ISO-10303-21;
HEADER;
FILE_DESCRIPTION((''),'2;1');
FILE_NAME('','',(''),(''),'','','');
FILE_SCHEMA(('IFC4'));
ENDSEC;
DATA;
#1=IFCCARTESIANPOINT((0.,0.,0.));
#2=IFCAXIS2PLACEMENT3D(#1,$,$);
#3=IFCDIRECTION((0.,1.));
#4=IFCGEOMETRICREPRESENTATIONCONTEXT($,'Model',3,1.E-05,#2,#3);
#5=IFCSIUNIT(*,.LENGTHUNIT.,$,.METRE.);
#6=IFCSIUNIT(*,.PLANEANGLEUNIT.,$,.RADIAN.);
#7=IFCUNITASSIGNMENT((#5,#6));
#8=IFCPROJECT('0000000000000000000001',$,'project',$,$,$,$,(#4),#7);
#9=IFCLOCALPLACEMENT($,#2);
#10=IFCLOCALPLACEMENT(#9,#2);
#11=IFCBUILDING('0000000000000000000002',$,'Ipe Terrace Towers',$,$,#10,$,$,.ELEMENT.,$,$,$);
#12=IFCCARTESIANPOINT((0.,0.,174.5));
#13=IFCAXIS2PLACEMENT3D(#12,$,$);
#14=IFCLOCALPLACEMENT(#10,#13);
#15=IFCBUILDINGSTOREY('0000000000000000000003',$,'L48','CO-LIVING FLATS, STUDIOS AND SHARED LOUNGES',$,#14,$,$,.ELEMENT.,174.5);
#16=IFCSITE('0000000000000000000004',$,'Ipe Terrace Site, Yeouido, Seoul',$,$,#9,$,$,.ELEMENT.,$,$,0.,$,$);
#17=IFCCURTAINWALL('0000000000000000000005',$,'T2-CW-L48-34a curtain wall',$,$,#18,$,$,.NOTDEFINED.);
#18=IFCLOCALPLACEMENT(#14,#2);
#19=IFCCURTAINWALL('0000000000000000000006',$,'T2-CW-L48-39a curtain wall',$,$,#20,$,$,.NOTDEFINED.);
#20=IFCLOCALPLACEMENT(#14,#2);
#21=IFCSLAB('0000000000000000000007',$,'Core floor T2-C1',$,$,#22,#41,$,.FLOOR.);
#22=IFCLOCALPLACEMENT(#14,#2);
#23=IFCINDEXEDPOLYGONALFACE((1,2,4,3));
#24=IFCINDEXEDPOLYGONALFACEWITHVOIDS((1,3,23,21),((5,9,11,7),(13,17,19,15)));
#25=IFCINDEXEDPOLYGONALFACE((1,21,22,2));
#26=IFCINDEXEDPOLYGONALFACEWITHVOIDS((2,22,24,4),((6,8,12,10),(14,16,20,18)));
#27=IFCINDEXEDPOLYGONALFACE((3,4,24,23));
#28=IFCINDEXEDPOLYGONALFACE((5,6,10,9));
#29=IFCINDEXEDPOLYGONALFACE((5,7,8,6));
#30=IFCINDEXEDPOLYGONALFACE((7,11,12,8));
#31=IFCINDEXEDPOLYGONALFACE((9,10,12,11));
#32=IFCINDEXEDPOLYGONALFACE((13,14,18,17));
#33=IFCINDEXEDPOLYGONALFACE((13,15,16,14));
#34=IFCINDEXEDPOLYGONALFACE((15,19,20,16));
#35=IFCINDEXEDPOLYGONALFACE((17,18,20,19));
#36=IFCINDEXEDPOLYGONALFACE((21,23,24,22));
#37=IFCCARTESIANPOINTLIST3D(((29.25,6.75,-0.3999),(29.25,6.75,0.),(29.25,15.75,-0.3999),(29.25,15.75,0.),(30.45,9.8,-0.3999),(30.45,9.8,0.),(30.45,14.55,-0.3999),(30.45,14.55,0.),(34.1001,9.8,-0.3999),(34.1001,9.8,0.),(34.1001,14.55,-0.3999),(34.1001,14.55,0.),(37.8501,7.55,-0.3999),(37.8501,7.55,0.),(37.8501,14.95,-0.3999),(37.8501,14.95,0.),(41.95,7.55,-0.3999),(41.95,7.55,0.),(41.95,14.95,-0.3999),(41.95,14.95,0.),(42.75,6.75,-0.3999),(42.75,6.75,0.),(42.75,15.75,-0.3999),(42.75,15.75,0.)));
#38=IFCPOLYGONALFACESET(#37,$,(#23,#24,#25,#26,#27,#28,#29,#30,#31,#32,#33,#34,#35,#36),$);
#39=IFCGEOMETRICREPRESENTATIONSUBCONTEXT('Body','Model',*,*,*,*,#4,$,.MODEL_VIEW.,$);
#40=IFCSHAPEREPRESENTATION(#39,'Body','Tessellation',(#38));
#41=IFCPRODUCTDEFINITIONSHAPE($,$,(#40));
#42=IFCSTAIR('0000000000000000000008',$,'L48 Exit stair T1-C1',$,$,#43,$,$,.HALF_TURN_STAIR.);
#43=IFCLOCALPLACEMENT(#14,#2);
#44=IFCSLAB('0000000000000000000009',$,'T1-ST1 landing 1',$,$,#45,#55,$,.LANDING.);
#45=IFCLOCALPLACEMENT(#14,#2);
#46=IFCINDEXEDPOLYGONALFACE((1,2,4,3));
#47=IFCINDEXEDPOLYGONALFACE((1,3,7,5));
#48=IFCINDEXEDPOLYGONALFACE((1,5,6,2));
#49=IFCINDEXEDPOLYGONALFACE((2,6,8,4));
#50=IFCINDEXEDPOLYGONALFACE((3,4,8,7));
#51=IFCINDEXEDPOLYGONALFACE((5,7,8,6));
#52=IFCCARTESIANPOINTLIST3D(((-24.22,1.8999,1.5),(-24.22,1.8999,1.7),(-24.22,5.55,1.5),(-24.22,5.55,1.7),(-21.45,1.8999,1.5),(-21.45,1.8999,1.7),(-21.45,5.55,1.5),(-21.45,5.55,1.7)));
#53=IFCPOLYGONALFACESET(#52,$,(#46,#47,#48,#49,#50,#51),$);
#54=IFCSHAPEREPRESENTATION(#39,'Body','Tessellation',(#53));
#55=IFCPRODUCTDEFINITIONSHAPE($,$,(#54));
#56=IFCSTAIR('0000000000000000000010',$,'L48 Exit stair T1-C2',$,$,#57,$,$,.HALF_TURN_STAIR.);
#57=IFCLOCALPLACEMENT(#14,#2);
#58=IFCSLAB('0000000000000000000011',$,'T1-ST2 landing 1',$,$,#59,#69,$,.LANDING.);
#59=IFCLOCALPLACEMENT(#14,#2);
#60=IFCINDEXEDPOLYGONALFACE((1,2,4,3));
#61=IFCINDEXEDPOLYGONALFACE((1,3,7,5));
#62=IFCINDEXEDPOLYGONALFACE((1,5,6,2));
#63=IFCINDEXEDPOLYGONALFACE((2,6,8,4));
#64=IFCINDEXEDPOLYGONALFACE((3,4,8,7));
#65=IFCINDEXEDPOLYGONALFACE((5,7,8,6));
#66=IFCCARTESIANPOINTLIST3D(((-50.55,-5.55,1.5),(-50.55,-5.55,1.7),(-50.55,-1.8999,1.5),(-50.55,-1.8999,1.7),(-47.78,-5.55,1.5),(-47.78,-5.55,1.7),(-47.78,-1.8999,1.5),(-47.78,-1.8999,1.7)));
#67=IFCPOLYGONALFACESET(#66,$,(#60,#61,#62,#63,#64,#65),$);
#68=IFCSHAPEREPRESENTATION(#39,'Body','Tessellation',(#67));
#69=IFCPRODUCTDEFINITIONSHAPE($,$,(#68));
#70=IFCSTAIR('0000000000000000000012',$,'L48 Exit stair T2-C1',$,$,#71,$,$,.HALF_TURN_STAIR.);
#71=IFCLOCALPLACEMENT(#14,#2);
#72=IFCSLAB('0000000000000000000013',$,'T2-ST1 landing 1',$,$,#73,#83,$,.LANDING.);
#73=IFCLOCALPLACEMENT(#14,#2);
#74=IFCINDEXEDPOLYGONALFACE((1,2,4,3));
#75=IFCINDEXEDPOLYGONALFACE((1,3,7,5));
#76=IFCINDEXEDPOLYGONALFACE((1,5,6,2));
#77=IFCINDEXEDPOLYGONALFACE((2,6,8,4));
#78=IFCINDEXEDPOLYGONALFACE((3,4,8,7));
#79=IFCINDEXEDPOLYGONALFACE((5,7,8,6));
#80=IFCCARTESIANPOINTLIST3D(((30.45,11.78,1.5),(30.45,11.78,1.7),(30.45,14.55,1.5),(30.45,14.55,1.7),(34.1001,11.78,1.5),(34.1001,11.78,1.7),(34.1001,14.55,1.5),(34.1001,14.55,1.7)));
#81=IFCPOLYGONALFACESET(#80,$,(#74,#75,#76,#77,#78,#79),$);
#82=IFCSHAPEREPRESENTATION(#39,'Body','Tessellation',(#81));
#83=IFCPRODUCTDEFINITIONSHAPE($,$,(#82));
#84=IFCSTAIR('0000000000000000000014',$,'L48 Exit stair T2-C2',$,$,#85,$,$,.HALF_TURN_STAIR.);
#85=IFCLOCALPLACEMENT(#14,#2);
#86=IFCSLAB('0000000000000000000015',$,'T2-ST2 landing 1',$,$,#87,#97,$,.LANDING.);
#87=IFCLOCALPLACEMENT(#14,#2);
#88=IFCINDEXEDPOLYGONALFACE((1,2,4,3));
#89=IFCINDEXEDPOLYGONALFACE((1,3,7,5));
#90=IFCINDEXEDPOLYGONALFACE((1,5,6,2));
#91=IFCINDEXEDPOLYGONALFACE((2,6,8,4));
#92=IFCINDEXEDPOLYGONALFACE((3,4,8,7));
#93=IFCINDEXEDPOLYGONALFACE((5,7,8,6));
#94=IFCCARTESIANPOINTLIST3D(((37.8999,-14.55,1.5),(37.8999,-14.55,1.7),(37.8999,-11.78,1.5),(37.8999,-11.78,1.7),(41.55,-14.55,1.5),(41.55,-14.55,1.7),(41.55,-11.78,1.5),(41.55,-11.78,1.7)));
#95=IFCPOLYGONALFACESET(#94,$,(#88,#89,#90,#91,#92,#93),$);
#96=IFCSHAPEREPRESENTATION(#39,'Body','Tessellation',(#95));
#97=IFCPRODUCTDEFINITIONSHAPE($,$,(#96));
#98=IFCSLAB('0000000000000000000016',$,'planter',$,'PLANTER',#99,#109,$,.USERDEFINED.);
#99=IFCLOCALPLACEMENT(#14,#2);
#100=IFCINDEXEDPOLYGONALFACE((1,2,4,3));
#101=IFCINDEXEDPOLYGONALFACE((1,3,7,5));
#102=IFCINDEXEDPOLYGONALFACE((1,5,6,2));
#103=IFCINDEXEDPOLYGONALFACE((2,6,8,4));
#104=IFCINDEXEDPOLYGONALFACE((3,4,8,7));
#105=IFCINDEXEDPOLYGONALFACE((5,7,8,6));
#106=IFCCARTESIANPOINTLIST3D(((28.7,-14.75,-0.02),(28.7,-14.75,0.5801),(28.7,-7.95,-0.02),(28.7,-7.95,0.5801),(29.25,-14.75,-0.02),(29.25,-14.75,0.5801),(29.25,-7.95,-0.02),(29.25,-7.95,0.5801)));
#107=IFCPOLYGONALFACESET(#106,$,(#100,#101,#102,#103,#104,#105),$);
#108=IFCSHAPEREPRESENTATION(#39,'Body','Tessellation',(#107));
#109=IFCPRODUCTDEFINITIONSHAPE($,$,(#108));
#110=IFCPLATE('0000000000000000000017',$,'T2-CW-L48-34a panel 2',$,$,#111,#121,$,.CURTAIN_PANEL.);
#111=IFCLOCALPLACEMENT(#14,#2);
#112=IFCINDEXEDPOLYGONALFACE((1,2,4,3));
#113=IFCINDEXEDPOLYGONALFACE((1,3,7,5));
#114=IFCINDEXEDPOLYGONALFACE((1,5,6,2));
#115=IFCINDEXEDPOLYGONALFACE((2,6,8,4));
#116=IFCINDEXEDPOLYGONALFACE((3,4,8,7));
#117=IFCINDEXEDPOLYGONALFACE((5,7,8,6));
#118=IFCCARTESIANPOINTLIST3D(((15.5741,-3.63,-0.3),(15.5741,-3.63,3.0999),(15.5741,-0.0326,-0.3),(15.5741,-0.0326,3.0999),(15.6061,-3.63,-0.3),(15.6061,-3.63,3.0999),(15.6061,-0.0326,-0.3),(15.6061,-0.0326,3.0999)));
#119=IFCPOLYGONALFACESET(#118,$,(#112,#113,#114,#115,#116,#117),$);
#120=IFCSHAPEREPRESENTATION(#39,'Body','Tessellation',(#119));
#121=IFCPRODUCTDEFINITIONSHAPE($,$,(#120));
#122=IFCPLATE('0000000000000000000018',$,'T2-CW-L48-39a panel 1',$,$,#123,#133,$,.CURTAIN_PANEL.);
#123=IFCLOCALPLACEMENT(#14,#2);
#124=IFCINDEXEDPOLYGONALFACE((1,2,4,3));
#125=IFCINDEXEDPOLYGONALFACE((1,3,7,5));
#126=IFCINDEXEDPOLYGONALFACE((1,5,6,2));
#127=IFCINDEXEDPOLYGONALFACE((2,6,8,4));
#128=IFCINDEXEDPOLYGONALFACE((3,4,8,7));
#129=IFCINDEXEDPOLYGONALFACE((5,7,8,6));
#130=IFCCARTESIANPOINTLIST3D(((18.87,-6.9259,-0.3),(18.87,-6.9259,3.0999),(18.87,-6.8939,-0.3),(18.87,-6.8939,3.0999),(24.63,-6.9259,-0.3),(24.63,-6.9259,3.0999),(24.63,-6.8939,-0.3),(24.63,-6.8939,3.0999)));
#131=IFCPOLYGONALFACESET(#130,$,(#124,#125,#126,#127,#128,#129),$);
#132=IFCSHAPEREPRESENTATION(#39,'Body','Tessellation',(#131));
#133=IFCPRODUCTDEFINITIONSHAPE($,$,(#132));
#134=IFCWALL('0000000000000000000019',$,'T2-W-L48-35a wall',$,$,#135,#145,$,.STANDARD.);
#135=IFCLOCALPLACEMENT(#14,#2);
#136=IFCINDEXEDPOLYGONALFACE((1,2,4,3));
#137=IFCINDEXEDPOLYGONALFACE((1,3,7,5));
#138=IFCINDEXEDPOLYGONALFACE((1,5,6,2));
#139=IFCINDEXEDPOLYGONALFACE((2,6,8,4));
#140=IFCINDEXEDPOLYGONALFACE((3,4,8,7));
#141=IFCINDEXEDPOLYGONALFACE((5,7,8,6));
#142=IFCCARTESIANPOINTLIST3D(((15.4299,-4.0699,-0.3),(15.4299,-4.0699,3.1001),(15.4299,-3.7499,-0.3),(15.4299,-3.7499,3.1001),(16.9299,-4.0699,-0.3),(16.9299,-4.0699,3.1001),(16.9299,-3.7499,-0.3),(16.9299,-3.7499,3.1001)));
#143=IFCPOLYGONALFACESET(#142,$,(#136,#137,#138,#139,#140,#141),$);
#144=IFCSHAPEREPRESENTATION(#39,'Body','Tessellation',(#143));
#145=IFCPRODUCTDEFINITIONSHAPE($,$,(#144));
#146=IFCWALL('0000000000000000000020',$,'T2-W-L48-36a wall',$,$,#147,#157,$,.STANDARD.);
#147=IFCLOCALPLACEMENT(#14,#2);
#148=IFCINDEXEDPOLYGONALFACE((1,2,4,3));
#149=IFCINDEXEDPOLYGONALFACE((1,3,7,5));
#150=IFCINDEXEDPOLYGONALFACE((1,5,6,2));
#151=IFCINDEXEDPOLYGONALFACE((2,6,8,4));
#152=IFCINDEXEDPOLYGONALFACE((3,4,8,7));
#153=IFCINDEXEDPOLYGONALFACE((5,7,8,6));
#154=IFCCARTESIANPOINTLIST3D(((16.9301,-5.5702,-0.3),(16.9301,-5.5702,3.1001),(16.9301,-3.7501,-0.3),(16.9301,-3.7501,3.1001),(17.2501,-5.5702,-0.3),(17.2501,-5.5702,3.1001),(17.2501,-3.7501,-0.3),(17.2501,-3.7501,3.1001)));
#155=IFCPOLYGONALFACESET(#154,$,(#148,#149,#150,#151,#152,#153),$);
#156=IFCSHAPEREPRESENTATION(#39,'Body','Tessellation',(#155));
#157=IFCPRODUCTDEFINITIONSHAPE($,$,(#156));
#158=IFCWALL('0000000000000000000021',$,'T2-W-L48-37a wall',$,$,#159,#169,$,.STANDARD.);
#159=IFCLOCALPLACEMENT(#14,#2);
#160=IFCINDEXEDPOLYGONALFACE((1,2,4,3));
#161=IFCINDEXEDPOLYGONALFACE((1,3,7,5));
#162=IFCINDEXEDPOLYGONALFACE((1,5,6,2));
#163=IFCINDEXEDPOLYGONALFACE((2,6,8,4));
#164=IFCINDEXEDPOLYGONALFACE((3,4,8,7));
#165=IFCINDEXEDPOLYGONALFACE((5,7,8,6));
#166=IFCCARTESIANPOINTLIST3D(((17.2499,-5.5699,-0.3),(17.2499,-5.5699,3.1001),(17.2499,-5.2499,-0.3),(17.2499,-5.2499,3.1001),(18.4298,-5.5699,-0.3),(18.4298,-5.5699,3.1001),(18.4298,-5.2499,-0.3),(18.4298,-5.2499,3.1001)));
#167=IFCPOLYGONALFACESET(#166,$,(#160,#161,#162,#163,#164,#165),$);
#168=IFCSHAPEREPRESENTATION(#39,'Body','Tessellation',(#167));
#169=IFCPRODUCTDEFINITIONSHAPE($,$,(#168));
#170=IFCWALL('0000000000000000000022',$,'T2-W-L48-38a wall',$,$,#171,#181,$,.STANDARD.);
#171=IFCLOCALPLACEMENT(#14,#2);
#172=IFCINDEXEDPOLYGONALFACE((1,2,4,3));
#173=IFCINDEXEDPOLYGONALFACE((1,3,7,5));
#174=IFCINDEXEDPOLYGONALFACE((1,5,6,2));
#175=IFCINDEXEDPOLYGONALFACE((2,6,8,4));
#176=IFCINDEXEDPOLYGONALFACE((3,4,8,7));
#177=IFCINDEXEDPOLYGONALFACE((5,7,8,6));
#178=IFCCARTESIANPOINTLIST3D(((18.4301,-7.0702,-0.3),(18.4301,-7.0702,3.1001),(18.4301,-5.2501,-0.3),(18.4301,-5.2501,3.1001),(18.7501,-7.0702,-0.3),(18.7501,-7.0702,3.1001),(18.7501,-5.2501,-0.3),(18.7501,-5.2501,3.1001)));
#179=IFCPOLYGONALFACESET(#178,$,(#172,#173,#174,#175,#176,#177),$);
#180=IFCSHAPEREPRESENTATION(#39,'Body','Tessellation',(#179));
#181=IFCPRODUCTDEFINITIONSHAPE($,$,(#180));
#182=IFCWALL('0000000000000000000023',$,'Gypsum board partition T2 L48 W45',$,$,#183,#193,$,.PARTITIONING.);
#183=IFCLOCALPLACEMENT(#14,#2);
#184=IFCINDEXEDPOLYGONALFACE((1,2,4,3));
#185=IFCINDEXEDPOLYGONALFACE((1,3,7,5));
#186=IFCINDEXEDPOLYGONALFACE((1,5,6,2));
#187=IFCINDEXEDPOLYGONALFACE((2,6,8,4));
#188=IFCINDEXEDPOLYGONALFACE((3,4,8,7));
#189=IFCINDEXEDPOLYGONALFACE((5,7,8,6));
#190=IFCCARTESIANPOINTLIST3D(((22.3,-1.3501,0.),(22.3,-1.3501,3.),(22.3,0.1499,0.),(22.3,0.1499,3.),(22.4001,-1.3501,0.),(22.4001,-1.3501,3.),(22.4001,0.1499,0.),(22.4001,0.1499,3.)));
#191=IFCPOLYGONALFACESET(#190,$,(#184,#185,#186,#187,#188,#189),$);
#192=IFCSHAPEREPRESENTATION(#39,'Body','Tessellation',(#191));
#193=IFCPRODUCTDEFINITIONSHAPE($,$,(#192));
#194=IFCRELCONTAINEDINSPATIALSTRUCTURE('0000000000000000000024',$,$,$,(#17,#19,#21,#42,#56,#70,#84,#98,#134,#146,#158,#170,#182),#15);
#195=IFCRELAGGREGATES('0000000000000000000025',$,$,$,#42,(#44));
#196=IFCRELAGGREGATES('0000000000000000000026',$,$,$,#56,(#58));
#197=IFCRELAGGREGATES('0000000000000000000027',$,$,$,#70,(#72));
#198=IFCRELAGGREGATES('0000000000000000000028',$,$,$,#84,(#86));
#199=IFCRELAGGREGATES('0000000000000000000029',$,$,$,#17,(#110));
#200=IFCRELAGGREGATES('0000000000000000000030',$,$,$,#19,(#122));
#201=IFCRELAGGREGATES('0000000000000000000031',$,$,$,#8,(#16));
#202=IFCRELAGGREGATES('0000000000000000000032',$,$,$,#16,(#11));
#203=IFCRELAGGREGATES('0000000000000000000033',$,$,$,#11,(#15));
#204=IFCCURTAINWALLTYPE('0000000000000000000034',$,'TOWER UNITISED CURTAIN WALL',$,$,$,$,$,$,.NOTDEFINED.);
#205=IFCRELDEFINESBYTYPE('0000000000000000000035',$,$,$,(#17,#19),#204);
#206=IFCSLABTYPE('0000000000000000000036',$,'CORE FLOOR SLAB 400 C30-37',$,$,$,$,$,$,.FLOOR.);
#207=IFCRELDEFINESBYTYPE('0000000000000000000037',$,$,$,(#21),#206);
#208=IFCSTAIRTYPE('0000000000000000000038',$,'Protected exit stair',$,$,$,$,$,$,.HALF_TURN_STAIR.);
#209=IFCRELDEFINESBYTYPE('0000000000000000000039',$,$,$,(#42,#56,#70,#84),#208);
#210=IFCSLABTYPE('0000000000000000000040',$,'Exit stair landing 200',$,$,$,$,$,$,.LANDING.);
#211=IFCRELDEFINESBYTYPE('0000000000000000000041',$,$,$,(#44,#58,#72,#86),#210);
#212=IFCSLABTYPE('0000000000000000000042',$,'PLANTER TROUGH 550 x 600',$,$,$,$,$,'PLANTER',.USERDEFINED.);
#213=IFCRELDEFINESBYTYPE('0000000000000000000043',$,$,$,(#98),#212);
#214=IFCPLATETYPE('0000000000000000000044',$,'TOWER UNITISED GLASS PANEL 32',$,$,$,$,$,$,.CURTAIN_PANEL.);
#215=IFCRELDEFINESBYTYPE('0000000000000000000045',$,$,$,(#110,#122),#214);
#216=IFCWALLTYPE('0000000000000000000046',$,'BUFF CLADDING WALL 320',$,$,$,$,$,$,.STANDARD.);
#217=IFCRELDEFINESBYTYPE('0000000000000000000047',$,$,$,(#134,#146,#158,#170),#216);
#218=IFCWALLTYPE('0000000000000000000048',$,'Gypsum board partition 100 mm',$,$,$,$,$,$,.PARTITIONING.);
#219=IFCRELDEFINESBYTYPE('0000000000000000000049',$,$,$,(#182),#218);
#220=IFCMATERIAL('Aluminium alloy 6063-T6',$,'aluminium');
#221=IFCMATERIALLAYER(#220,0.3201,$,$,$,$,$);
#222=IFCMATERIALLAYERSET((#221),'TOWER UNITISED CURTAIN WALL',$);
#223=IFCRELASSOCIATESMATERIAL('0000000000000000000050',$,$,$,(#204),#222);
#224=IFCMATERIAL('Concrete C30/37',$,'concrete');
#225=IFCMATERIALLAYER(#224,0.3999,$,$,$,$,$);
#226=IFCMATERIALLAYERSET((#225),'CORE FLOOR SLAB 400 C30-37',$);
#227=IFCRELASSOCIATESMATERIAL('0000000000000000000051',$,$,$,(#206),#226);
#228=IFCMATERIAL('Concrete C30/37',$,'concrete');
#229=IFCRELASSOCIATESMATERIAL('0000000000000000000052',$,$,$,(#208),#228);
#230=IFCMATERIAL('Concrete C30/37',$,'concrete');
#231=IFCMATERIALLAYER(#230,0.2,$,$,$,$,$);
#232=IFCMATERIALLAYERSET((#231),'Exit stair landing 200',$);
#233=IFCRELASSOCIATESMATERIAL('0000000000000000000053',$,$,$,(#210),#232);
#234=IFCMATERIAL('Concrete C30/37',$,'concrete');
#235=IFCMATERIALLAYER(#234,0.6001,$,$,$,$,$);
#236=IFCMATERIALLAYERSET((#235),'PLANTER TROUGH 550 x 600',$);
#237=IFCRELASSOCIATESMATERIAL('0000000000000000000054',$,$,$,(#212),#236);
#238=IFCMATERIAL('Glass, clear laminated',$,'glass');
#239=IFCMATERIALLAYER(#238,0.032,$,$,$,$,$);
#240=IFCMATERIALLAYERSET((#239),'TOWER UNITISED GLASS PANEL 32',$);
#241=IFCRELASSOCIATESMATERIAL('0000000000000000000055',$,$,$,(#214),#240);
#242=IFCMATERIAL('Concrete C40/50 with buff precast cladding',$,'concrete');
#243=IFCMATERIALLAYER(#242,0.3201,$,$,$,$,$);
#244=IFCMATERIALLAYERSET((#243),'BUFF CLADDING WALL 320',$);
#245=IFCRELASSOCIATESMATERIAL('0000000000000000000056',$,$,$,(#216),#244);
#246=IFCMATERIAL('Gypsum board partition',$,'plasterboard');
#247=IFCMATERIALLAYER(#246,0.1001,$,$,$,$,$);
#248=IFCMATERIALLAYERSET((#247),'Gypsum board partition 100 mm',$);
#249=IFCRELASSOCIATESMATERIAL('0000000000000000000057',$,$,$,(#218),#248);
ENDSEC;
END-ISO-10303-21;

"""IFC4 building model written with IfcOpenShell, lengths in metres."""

from ifc_helpers import new_model, si_unit, direction, frame, frame_2d, origin, origin_2d, place, context, subcontext, project, spatial, polyline, rectangle, outline, extrude, material, layer, layer_set, type_object, element, aggregate, save


model = new_model("IFC4")

# Units and contexts
model_context = context("Model", 3, precision=1e-05, world=origin(), true_north=direction((0.0, 1.0)))
body_context = subcontext(model_context, "Body", "Model", "MODEL_VIEW")
ifc_project = project(units=[si_unit("LENGTHUNIT", "METRE"), si_unit("PLANEANGLEUNIT", "RADIAN")], contexts=[model_context])

# Site, building, storey
site_placement = place(None, origin())
site = spatial("IfcSite", under=ifc_project, at=site_placement, Name="Ipe Terrace Site, Yeouido, Seoul", CompositionType="ELEMENT", RefElevation=0.0)
building_placement = place(site_placement, origin())
building = spatial("IfcBuilding", under=site, at=building_placement, Name="Ipe Terrace Towers", CompositionType="ELEMENT")
storey_placement = place(building_placement, frame((0.0, 0.0, 174.5)))
storey = spatial("IfcBuildingStorey", under=building, at=storey_placement, Name="L48", Description="CO-LIVING FLATS, STUDIOS AND SHARED LOUNGES", CompositionType="ELEMENT", Elevation=174.5)

# Curtain walls
ifc_material_1 = material(Name="Aluminium alloy 6063-T6", Category="aluminium")
ifc_layer_1 = layer(ifc_material_1, 0.3201)
ifc_layer_set_1 = layer_set([ifc_layer_1], Name="TOWER UNITISED CURTAIN WALL")
curtain_wall_type = type_object("IfcCurtainWallType", Name="TOWER UNITISED CURTAIN WALL", PredefinedType="NOTDEFINED", material=ifc_layer_set_1)
curtain_wall_1_placement = place(storey_placement, origin())
curtain_wall_1 = element("IfcCurtainWall", 1, at=curtain_wall_1_placement, inside=storey, type_object=curtain_wall_type, Name="T2-CW-L48-34a curtain wall", PredefinedType="NOTDEFINED")
curtain_wall_2_placement = place(storey_placement, origin())
curtain_wall_2 = element("IfcCurtainWall", 2, at=curtain_wall_2_placement, inside=storey, type_object=curtain_wall_type, Name="T2-CW-L48-39a curtain wall", PredefinedType="NOTDEFINED")

# Slab
ifc_material_2 = material(Name="Concrete C30/37", Category="concrete")
ifc_layer_2 = layer(ifc_material_2, 0.3999)
ifc_layer_set_2 = layer_set([ifc_layer_2], Name="CORE FLOOR SLAB 400 C30-37")
slab_type_1 = type_object("IfcSlabType", Name="CORE FLOOR SLAB 400 C30-37", PredefinedType="FLOOR", material=ifc_layer_set_2)
slab_1_placement = place(storey_placement, frame((0.0, 0.0, -0.3999)))
element("IfcSlab", 3, at=slab_1_placement, inside=storey, type_object=slab_type_1, Name="Core floor T2-C1", PredefinedType="FLOOR", context=body_context, shape_type="SweptSolid", body=[
    extrude(outline(polyline([(29.25, 6.75), (29.25, 15.75), (42.75, 15.75), (42.75, 6.75), (29.25, 6.75)]), holes=[polyline([(41.95, 7.55), (41.95, 14.95), (37.8501, 14.95), (37.8501, 7.55), (41.95, 7.55)]), polyline([(30.45, 9.8), (34.1001, 9.8), (34.1001, 14.55), (30.45, 14.55), (30.45, 9.8)])]), origin(), (0.0, 0.0, 1.0), 0.3999),
])

# Stairs, slabs
ifc_material_3 = material(Name="Concrete C30/37", Category="concrete")
stair_type = type_object("IfcStairType", Name="Protected exit stair", PredefinedType="HALF_TURN_STAIR", material=ifc_material_3)
stair_1_placement = place(storey_placement, origin())
stair_1 = element("IfcStair", 4, at=stair_1_placement, inside=storey, type_object=stair_type, Name="L48 Exit stair T1-C1", PredefinedType="HALF_TURN_STAIR")
ifc_material_4 = material(Name="Concrete C30/37", Category="concrete")
ifc_layer_3 = layer(ifc_material_4, 0.2)
ifc_layer_set_3 = layer_set([ifc_layer_3], Name="Exit stair landing 200")
slab_type_2 = type_object("IfcSlabType", Name="Exit stair landing 200", PredefinedType="LANDING", material=ifc_layer_set_3)
slab_2_placement = place(storey_placement, frame((0.0, 0.0, 1.5)))
slab_2 = element("IfcSlab", 5, at=slab_2_placement, type_object=slab_type_2, Name="T1-ST1 landing 1", PredefinedType="LANDING", context=body_context, shape_type="SweptSolid", body=[
    extrude(outline(polyline([(-24.22, 1.8999), (-21.45, 1.8999), (-21.45, 5.55), (-24.22, 5.55), (-24.22, 1.8999)])), origin(), (0.0, 0.0, 1.0), 0.2),
])
aggregate(stair_1, [slab_2])
stair_2_placement = place(storey_placement, origin())
stair_2 = element("IfcStair", 6, at=stair_2_placement, inside=storey, type_object=stair_type, Name="L48 Exit stair T1-C2", PredefinedType="HALF_TURN_STAIR")
slab_3_placement = place(storey_placement, frame((0.0, 0.0, 1.5)))
slab_3 = element("IfcSlab", 7, at=slab_3_placement, type_object=slab_type_2, Name="T1-ST2 landing 1", PredefinedType="LANDING", context=body_context, shape_type="SweptSolid", body=[
    extrude(outline(polyline([(-47.78, -1.8999), (-50.55, -1.8999), (-50.55, -5.55), (-47.78, -5.55), (-47.78, -1.8999)])), origin(), (0.0, 0.0, 1.0), 0.2),
])
aggregate(stair_2, [slab_3])
stair_3_placement = place(storey_placement, origin())
stair_3 = element("IfcStair", 8, at=stair_3_placement, inside=storey, type_object=stair_type, Name="L48 Exit stair T2-C1", PredefinedType="HALF_TURN_STAIR")
slab_4_placement = place(storey_placement, frame((0.0, 0.0, 1.5)))
slab_4 = element("IfcSlab", 9, at=slab_4_placement, type_object=slab_type_2, Name="T2-ST1 landing 1", PredefinedType="LANDING", context=body_context, shape_type="SweptSolid", body=[
    extrude(outline(polyline([(34.1001, 11.78), (34.1001, 14.55), (30.45, 14.55), (30.45, 11.78), (34.1001, 11.78)])), origin(), (0.0, 0.0, 1.0), 0.2),
])
aggregate(stair_3, [slab_4])
stair_4_placement = place(storey_placement, origin())
stair_4 = element("IfcStair", 10, at=stair_4_placement, inside=storey, type_object=stair_type, Name="L48 Exit stair T2-C2", PredefinedType="HALF_TURN_STAIR")
slab_5_placement = place(storey_placement, frame((0.0, 0.0, 1.5)))
slab_5 = element("IfcSlab", 11, at=slab_5_placement, type_object=slab_type_2, Name="T2-ST2 landing 1", PredefinedType="LANDING", context=body_context, shape_type="SweptSolid", body=[
    extrude(outline(polyline([(37.8999, -11.78), (37.8999, -14.55), (41.55, -14.55), (41.55, -11.78), (37.8999, -11.78)])), origin(), (0.0, 0.0, 1.0), 0.2),
])
aggregate(stair_4, [slab_5])

# Slab
ifc_material_5 = material(Name="Concrete C30/37", Category="concrete")
ifc_layer_4 = layer(ifc_material_5, 0.6001)
ifc_layer_set_4 = layer_set([ifc_layer_4], Name="PLANTER TROUGH 550 x 600")
slab_type_3 = type_object("IfcSlabType", Name="PLANTER TROUGH 550 x 600", ElementType="PLANTER", PredefinedType="USERDEFINED", material=ifc_layer_set_4)
slab_6_placement = place(storey_placement, frame((0.0, 0.0, -0.02)))
element("IfcSlab", 12, at=slab_6_placement, inside=storey, type_object=slab_type_3, Name="planter", ObjectType="PLANTER", PredefinedType="USERDEFINED", context=body_context, shape_type="SweptSolid", body=[
    extrude(outline(polyline([(29.25, -7.95), (28.7, -7.95), (28.7, -14.75), (29.25, -14.75), (29.25, -7.95)])), origin(), (0.0, 0.0, 1.0), 0.6001),
])

# Plates
ifc_material_6 = material(Name="Glass, clear laminated", Category="glass")
ifc_layer_5 = layer(ifc_material_6, 0.032)
ifc_layer_set_5 = layer_set([ifc_layer_5], Name="TOWER UNITISED GLASS PANEL 32")
plate_type = type_object("IfcPlateType", Name="TOWER UNITISED GLASS PANEL 32", PredefinedType="CURTAIN_PANEL", material=ifc_layer_set_5)
plate_1_placement = place(storey_placement, frame((15.5901, -1.8313, -0.3), z_axis=(0.0, 0.0, 1.0), x_axis=(0.0, -1.0, 0.0)))
plate_1 = element("IfcPlate", 13, at=plate_1_placement, type_object=plate_type, Name="T2-CW-L48-34a panel 2", PredefinedType="CURTAIN_PANEL", context=body_context, shape_type="SweptSolid", body=[
    extrude(rectangle(XDim=3.5974, YDim=0.032, at=origin_2d()), origin(), (0.0, 0.0, 1.0), 3.3999),
])
aggregate(curtain_wall_1, [plate_1])
plate_2_placement = place(storey_placement, frame((21.75, -6.9099, -0.3), z_axis=(0.0, 0.0, 1.0), x_axis=(1.0, 0.0, 0.0)))
plate_2 = element("IfcPlate", 14, at=plate_2_placement, type_object=plate_type, Name="T2-CW-L48-39a panel 1", PredefinedType="CURTAIN_PANEL", context=body_context, shape_type="SweptSolid", body=[
    extrude(rectangle(XDim=5.76, YDim=0.032, at=origin_2d()), origin(), (0.0, 0.0, 1.0), 3.3999),
])
aggregate(curtain_wall_2, [plate_2])

# Walls
ifc_material_7 = material(Name="Concrete C40/50 with buff precast cladding", Category="concrete")
ifc_layer_6 = layer(ifc_material_7, 0.3201)
ifc_layer_set_6 = layer_set([ifc_layer_6], Name="BUFF CLADDING WALL 320")
wall_type_1 = type_object("IfcWallType", Name="BUFF CLADDING WALL 320", PredefinedType="STANDARD", material=ifc_layer_set_6)
wall_1_placement = place(storey_placement, frame((15.4299, -3.9099, -0.3), z_axis=(0.0, 0.0, 1.0), x_axis=(1.0, 0.0, 0.0)))
element("IfcWall", 15, at=wall_1_placement, inside=storey, type_object=wall_type_1, Name="T2-W-L48-35a wall", PredefinedType="STANDARD", context=body_context, shape_type="SweptSolid", body=[
    extrude(rectangle(XDim=1.5, YDim=0.3201, at=frame_2d((0.75, 0.0))), origin(), (0.0, 0.0, 1.0), 3.4001),
])
wall_2_placement = place(storey_placement, frame((17.0901, -3.75, -0.3), z_axis=(0.0, 0.0, 1.0), x_axis=(0.0, -1.0, 0.0)))
element("IfcWall", 16, at=wall_2_placement, inside=storey, type_object=wall_type_1, Name="T2-W-L48-36a wall", PredefinedType="STANDARD", context=body_context, shape_type="SweptSolid", body=[
    extrude(rectangle(XDim=1.8201, YDim=0.3201, at=frame_2d((0.9102, 0.0))), origin(), (0.0, 0.0, 1.0), 3.4001),
])
wall_3_placement = place(storey_placement, frame((17.25, -5.4099, -0.3), z_axis=(0.0, 0.0, 1.0), x_axis=(1.0, 0.0, 0.0)))
element("IfcWall", 17, at=wall_3_placement, inside=storey, type_object=wall_type_1, Name="T2-W-L48-37a wall", PredefinedType="STANDARD", context=body_context, shape_type="SweptSolid", body=[
    extrude(rectangle(XDim=1.1799, YDim=0.3201, at=frame_2d((0.5898, 0.0))), origin(), (0.0, 0.0, 1.0), 3.4001),
])
wall_4_placement = place(storey_placement, frame((18.5901, -5.25, -0.3), z_axis=(0.0, 0.0, 1.0), x_axis=(0.0, -1.0, 0.0)))
element("IfcWall", 18, at=wall_4_placement, inside=storey, type_object=wall_type_1, Name="T2-W-L48-38a wall", PredefinedType="STANDARD", context=body_context, shape_type="SweptSolid", body=[
    extrude(rectangle(XDim=1.8201, YDim=0.3201, at=frame_2d((0.9102, 0.0))), origin(), (0.0, 0.0, 1.0), 3.4001),
])
ifc_material_8 = material(Name="Gypsum board partition", Category="plasterboard")
ifc_layer_7 = layer(ifc_material_8, 0.1001)
ifc_layer_set_7 = layer_set([ifc_layer_7], Name="Gypsum board partition 100 mm")
wall_type_2 = type_object("IfcWallType", Name="Gypsum board partition 100 mm", PredefinedType="PARTITIONING", material=ifc_layer_set_7)
wall_5_placement = place(storey_placement, frame((22.3501, -1.3501, 0.0), z_axis=(0.0, 0.0, 1.0), x_axis=(0.0, 1.0, 0.0)))
element("IfcWall", 19, at=wall_5_placement, inside=storey, type_object=wall_type_2, Name="Gypsum board partition T2 L48 W45", PredefinedType="PARTITIONING", context=body_context, shape_type="SweptSolid", body=[
    extrude(rectangle(XDim=1.5, YDim=0.1001, at=frame_2d((0.75, 0.0))), origin(), (0.0, 0.0, 1.0), 3.0),
])

save(model, "model.ifc")
